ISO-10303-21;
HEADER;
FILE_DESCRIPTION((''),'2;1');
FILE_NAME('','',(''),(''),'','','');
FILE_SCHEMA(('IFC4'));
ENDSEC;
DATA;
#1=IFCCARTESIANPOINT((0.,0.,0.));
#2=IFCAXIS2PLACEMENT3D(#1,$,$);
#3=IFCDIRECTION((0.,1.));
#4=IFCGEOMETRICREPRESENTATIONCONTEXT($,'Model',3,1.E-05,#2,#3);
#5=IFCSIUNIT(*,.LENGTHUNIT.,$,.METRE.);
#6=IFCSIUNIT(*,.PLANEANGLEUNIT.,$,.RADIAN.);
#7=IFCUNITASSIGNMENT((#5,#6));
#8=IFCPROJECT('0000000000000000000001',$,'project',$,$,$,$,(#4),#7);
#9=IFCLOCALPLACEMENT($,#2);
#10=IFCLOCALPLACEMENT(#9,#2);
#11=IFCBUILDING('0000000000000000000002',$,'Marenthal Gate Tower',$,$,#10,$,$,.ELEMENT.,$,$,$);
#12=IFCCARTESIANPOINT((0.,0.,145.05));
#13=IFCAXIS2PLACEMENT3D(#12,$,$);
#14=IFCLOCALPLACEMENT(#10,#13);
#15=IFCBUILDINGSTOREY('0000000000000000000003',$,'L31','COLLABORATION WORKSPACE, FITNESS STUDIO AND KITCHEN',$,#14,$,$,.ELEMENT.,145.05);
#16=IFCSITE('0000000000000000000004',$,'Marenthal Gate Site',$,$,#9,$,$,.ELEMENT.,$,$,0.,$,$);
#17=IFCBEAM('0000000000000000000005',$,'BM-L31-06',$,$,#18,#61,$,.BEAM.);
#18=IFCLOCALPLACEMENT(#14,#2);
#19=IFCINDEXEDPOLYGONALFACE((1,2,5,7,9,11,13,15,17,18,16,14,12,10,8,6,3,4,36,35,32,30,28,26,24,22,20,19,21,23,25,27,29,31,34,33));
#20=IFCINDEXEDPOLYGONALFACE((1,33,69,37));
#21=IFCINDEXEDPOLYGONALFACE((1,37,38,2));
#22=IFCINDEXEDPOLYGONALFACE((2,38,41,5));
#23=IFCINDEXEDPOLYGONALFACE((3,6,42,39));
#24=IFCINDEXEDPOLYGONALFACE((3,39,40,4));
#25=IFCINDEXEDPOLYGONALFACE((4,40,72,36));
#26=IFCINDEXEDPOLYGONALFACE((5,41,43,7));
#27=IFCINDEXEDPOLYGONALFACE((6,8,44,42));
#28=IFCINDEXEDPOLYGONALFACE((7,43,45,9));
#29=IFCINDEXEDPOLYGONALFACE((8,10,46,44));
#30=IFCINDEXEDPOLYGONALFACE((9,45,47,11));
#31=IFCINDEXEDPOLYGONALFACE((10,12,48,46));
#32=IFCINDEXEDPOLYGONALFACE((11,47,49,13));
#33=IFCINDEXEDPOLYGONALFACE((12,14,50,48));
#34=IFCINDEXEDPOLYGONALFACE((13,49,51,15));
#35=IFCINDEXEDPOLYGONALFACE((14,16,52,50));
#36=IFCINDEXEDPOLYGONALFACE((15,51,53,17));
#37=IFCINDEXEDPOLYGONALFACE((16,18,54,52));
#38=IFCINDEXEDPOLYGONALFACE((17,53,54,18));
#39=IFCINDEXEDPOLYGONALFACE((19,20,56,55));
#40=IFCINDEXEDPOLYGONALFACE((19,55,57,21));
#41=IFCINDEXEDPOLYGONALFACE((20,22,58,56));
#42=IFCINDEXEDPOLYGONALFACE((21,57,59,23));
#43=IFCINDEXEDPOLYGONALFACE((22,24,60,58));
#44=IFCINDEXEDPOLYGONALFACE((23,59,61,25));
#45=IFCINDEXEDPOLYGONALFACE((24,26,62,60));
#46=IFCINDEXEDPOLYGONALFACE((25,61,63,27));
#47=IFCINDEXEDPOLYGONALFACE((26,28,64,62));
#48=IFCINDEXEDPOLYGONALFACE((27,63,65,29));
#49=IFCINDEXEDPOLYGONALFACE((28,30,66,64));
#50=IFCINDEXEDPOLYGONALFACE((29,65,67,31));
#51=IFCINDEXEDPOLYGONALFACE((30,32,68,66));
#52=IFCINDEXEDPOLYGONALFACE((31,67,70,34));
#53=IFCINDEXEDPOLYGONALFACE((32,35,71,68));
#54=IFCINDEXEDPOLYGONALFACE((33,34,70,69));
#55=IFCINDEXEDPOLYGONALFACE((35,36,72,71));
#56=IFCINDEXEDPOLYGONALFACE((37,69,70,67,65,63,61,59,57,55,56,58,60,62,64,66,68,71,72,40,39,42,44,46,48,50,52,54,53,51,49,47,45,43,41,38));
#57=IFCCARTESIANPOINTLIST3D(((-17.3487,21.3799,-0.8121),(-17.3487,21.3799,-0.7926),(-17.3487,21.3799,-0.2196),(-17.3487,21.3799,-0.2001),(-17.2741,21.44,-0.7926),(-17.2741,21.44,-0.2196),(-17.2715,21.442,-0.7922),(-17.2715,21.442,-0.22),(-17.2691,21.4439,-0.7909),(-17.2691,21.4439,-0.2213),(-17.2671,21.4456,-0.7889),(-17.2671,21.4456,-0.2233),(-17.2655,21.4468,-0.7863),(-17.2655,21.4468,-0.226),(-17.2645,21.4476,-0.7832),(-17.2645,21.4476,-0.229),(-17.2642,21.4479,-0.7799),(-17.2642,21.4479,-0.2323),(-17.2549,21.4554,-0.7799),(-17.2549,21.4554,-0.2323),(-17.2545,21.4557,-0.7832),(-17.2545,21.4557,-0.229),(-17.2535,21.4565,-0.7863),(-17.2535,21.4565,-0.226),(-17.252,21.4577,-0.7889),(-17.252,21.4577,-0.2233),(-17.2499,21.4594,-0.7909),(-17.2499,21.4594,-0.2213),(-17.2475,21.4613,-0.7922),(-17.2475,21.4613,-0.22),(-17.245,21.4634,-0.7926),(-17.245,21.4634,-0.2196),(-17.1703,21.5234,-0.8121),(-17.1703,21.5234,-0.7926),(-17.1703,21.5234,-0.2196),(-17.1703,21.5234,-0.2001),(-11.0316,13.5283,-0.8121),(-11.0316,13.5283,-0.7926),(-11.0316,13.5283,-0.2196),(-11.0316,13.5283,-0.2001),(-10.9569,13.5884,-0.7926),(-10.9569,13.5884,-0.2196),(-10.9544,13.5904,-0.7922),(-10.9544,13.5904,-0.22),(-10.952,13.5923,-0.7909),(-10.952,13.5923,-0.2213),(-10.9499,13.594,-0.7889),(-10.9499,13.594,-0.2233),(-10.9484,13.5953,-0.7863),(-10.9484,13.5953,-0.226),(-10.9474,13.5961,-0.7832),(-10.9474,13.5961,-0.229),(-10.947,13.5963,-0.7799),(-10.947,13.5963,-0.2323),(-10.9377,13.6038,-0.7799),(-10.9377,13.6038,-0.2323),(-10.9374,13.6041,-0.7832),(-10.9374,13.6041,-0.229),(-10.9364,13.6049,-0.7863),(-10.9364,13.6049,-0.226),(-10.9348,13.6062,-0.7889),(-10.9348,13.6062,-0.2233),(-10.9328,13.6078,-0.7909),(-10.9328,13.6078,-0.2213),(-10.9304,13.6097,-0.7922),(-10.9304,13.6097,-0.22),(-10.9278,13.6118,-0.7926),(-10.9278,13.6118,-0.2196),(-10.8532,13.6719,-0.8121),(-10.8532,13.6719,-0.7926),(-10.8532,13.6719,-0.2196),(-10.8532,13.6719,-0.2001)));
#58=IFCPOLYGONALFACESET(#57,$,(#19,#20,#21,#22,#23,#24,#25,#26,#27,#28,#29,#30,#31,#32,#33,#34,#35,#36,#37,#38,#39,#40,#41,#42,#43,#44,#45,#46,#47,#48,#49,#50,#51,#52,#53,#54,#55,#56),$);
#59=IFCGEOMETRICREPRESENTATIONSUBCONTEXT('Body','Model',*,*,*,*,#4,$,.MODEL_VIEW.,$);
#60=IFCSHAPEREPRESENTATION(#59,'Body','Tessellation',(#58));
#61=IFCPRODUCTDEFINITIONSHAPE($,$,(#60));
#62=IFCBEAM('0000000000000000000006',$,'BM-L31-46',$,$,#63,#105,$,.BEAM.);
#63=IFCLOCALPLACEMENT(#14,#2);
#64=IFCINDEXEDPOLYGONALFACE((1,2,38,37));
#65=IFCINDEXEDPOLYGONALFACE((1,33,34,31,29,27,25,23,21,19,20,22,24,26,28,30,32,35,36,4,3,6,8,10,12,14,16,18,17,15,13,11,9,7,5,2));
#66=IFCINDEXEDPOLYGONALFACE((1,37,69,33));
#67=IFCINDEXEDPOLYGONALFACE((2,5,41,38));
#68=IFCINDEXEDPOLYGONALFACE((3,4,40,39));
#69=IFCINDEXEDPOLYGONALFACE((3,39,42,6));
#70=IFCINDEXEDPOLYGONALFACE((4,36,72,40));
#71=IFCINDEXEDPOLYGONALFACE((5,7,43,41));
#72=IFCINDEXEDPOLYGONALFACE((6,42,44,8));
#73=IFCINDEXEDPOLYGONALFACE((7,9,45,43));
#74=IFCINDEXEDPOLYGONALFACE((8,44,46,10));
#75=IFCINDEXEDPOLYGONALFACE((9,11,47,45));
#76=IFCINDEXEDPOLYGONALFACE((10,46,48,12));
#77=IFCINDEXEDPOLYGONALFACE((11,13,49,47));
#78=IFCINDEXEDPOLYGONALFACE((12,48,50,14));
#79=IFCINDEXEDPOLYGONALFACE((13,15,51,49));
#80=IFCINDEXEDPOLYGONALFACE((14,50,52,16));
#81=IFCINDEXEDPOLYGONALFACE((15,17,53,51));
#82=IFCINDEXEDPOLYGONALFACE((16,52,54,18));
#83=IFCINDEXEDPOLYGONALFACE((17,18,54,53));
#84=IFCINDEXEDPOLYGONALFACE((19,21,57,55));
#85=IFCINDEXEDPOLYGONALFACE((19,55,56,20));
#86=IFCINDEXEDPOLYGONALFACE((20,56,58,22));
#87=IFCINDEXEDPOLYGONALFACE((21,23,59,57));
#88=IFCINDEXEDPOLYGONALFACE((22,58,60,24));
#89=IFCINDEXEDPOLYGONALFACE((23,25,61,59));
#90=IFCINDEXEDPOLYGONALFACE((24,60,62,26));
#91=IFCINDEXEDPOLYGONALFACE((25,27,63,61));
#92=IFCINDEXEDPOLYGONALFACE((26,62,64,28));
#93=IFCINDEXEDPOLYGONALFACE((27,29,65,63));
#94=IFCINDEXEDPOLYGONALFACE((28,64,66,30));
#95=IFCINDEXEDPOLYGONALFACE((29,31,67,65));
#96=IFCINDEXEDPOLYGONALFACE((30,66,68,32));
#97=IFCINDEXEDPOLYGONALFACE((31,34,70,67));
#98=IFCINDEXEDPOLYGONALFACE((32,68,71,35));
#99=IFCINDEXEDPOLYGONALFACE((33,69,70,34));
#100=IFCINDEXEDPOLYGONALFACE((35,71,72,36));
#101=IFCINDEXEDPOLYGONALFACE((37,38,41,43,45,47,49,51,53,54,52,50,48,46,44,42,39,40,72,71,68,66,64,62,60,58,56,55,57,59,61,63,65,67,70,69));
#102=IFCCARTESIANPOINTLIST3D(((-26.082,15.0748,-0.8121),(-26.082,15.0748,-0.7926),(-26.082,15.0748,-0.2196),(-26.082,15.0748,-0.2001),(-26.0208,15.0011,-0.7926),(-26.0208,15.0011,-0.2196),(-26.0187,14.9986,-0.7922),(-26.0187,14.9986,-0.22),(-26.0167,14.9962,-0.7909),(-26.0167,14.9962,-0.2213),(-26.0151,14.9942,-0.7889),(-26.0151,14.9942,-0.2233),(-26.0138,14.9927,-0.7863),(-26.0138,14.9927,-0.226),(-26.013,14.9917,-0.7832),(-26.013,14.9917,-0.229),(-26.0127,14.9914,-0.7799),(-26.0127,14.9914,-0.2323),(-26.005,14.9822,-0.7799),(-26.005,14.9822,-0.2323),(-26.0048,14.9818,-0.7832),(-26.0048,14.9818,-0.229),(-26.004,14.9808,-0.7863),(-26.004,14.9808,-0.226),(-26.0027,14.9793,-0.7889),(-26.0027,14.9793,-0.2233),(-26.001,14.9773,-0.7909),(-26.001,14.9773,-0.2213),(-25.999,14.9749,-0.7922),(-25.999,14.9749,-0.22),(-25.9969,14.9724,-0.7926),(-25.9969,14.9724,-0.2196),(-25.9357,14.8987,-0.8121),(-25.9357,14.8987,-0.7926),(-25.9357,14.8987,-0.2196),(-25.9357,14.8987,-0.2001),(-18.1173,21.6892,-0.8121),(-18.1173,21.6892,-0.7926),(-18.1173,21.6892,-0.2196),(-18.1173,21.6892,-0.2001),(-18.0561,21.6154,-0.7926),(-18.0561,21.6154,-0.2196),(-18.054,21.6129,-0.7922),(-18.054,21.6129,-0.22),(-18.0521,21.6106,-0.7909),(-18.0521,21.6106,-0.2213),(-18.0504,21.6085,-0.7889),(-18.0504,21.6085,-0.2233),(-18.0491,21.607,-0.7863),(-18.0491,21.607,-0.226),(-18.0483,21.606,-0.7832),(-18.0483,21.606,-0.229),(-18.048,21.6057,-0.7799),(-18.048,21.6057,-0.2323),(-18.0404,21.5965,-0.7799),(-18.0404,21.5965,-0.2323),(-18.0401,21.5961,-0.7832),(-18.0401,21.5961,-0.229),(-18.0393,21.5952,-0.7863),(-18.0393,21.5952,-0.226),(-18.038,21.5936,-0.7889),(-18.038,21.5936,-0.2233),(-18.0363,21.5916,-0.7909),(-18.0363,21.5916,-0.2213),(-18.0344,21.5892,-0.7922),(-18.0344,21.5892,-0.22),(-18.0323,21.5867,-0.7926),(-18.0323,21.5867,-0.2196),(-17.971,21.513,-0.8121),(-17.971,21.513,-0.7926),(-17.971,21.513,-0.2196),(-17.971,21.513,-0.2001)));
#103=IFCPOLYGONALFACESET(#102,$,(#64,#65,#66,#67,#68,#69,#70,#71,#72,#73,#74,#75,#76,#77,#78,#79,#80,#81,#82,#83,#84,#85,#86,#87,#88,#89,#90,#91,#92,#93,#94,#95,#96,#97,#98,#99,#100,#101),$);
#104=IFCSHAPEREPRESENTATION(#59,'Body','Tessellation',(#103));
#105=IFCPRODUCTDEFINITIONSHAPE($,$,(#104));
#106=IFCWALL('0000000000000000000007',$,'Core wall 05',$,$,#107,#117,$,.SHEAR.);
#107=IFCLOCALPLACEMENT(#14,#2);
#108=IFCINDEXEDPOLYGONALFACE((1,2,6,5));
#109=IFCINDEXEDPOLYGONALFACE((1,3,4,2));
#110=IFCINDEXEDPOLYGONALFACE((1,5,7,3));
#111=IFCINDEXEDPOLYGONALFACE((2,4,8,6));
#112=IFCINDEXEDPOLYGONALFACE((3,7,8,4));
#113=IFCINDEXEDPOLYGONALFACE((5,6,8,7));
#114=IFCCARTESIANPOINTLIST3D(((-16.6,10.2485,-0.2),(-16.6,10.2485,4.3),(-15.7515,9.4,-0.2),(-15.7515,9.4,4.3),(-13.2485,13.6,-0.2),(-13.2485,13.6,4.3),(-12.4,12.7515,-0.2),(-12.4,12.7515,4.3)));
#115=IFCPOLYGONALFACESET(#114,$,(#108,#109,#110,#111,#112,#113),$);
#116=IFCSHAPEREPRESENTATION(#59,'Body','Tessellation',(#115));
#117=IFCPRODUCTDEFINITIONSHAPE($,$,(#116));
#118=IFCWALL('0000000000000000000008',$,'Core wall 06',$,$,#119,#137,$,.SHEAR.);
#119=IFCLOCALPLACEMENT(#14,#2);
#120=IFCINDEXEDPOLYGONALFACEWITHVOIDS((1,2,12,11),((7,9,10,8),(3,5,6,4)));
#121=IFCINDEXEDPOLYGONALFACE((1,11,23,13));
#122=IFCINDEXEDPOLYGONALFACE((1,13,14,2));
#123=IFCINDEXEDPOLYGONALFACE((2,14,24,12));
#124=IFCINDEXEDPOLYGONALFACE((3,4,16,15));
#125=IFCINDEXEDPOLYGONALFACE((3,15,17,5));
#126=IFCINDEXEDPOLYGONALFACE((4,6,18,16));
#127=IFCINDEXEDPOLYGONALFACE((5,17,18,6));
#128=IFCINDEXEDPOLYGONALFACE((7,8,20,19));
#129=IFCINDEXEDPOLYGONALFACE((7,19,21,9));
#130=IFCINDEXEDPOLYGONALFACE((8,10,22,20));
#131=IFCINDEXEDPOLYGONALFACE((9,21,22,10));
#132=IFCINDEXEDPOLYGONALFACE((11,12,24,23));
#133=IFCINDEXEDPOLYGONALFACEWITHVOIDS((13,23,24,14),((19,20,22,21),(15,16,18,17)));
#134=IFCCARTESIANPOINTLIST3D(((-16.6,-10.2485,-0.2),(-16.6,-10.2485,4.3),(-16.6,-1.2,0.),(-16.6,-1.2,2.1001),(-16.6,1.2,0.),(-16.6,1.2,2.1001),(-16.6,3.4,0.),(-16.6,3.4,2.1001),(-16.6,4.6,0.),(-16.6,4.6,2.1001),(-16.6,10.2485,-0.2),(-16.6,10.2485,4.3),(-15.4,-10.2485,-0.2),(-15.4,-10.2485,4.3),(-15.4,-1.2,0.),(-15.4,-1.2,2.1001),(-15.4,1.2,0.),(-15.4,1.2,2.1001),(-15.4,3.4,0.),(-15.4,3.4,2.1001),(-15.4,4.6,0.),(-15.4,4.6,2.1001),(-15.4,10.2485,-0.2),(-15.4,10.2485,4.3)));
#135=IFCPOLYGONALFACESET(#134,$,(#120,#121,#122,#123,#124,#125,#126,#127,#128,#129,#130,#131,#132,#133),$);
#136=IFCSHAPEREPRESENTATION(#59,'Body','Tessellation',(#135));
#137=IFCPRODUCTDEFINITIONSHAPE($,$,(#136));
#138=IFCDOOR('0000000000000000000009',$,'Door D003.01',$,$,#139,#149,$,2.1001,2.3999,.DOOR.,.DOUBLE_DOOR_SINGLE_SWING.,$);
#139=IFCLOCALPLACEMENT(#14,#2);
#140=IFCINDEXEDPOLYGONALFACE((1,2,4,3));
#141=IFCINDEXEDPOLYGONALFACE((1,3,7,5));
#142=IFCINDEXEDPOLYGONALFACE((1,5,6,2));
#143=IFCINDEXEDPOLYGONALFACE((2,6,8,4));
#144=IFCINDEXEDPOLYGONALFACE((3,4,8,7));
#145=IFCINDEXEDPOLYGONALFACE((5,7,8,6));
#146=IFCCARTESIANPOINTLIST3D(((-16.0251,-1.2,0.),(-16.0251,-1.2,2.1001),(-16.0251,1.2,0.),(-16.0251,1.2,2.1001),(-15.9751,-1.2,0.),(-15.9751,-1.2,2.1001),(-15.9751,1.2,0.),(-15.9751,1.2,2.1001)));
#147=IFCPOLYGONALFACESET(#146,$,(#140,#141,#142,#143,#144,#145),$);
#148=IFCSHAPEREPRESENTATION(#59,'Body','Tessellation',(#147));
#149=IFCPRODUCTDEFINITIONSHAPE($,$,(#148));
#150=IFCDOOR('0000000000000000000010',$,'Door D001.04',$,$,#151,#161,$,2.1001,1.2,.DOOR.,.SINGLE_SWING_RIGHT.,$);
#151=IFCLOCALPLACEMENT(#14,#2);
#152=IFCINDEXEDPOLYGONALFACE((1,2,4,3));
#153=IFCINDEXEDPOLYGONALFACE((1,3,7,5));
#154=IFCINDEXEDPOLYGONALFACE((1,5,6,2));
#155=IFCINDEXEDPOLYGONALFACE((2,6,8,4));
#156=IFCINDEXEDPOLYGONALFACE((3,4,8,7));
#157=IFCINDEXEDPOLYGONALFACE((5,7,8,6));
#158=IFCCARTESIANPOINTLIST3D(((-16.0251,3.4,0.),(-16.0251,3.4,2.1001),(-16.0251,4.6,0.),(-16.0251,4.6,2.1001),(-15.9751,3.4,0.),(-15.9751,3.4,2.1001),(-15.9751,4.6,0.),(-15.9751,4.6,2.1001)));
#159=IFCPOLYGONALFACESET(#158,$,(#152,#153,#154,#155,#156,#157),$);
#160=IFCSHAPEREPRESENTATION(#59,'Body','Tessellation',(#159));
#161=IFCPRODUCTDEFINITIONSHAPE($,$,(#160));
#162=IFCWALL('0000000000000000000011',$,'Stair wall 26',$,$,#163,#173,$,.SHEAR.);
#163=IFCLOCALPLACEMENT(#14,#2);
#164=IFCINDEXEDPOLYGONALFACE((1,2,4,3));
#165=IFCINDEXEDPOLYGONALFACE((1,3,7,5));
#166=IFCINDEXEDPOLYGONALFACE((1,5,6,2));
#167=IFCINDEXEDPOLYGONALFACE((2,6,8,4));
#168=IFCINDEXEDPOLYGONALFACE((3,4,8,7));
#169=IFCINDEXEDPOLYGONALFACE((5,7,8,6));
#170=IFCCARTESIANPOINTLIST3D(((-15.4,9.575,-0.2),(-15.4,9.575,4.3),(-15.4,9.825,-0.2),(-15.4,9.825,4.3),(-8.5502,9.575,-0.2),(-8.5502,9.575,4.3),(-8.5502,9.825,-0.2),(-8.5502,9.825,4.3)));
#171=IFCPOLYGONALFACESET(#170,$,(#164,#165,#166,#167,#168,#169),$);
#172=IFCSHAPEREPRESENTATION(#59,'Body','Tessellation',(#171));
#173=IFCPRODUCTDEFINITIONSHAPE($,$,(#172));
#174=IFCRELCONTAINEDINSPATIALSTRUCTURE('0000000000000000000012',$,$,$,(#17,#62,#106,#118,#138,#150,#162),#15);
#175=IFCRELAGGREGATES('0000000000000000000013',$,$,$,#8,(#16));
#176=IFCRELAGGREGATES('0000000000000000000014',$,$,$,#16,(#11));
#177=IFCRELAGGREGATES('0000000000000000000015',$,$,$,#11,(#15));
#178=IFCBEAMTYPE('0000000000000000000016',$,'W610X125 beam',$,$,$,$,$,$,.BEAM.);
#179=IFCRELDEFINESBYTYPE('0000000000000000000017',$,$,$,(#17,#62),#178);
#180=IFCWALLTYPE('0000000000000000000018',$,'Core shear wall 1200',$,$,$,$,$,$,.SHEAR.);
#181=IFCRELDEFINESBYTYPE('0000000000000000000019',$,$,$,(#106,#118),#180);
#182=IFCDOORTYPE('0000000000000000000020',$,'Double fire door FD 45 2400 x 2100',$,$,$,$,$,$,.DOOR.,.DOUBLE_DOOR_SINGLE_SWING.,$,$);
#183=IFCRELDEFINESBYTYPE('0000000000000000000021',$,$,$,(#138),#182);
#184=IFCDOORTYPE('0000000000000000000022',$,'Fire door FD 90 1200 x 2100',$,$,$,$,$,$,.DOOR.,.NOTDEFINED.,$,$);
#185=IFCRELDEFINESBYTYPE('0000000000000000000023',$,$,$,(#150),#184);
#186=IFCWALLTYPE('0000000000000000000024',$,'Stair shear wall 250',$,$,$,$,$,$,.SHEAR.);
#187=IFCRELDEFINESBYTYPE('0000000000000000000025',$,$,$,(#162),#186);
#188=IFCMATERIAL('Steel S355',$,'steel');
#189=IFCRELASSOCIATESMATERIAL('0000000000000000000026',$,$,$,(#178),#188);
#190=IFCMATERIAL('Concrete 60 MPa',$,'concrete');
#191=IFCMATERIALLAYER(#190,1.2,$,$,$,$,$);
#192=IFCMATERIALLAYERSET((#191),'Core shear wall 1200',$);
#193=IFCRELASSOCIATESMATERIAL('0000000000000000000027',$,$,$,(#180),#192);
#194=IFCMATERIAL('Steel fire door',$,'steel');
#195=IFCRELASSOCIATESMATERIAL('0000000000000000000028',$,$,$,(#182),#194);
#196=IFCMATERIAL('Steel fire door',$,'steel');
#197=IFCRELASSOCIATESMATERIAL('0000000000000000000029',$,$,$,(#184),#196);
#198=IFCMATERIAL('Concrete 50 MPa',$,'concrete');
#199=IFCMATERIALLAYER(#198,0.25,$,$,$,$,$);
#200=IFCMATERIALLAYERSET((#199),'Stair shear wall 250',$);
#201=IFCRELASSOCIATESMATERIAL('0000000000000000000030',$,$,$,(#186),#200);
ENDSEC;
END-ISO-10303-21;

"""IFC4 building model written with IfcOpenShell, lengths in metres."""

from ifc_helpers import new_model, si_unit, direction, frame, frame_2d, origin, origin_2d, place, context, subcontext, project, spatial, rectangle, i_section, extrude, material, layer, layer_set, material_profile, profile_set, type_object, element, fill, save


model = new_model("IFC4")

# Units and contexts
model_context = context("Model", 3, precision=1e-05, world=origin(), true_north=direction((0.0, 1.0)))
body_context = subcontext(model_context, "Body", "Model", "MODEL_VIEW")
ifc_project = project(units=[si_unit("LENGTHUNIT", "METRE"), si_unit("PLANEANGLEUNIT", "RADIAN")], contexts=[model_context])

# Site, building, storey
site_placement = place(None, origin())
site = spatial("IfcSite", under=ifc_project, at=site_placement, Name="Marenthal Gate Site", CompositionType="ELEMENT", RefElevation=0.0)
building_placement = place(site_placement, origin())
building = spatial("IfcBuilding", under=site, at=building_placement, Name="Marenthal Gate Tower", CompositionType="ELEMENT")
storey_placement = place(building_placement, frame((0.0, 0.0, 145.05)))
storey = spatial("IfcBuildingStorey", under=building, at=storey_placement, Name="L31", Description="COLLABORATION WORKSPACE, FITNESS STUDIO AND KITCHEN", CompositionType="ELEMENT", Elevation=145.05)

# Beams
ifc_material_1 = material(Name="Steel S355", Category="steel")
ifc_material_profile_1 = material_profile(ifc_material_1, i_section(OverallWidth=0.229, OverallDepth=0.6121, WebThickness=0.012, FlangeThickness=0.0195, FilletRadius=0.0127, at=origin_2d()), Name="W610X125")
ifc_profile_set_1 = profile_set([ifc_material_profile_1], Name="Steel S355")
beam_type_1 = type_object("IfcBeamType", Name="W610X125 beam", PredefinedType="BEAM", material=ifc_profile_set_1)
beam_1_placement = place(storey_placement, frame((-17.2595, 21.4517, -0.5061), z_axis=(0.626864, -0.779129, 0.0), x_axis=(0.779129, 0.626864, 0.0)))
element("IfcBeam", 1, at=beam_1_placement, inside=storey, type_object=beam_type_1, Name="BM-L31-06", PredefinedType="BEAM", context=body_context, shape_type="SweptSolid", body=[
    extrude(i_section(OverallWidth=0.229, OverallDepth=0.6121, WebThickness=0.012, FlangeThickness=0.0195, FilletRadius=0.0127, at=origin_2d()), origin(), (0.0, 0.0, 1.0), 10.0774),
])
beam_2_placement = place(storey_placement, frame((-18.0442, 21.6011, -0.5061), z_axis=(-0.769308, -0.638878, 0.0), x_axis=(0.638878, -0.769308, 0.0)))
element("IfcBeam", 2, at=beam_2_placement, inside=storey, type_object=beam_type_1, Name="BM-L31-46", PredefinedType="BEAM", context=body_context, shape_type="SweptSolid", body=[
    extrude(i_section(OverallWidth=0.229, OverallDepth=0.6121, WebThickness=0.012, FlangeThickness=0.0195, FilletRadius=0.0127, at=origin_2d()), origin(), (0.0, 0.0, 1.0), 10.353),
])

# Wall
ifc_material_2 = material(Name="Concrete 60 MPa", Category="concrete")
ifc_layer_1 = layer(ifc_material_2, 1.2)
ifc_layer_set_1 = layer_set([ifc_layer_1], Name="Core shear wall 1200")
wall_type_1 = type_object("IfcWallType", Name="Core shear wall 1200", PredefinedType="SHEAR", material=ifc_layer_set_1)
wall_1_placement = place(storey_placement, frame((-12.8242, 13.1758, -0.2), z_axis=(0.0, 0.0, 1.0), x_axis=(-0.707107, -0.707107, 0.0)))
element("IfcWall", 3, at=wall_1_placement, inside=storey, type_object=wall_type_1, Name="Core wall 05", PredefinedType="SHEAR", context=body_context, shape_type="SweptSolid", body=[
    extrude(rectangle(XDim=4.7397, YDim=1.2, at=frame_2d((2.3699, 0.0))), origin(), (0.0, 0.0, 1.0), 4.5),
])

# Wall, openings, doors
wall_2_placement = place(storey_placement, frame((-16.0, 10.2485, -0.2), z_axis=(0.0, 0.0, 1.0), x_axis=(0.0, -1.0, 0.0)))
wall_2 = element("IfcWall", 4, at=wall_2_placement, inside=storey, type_object=wall_type_1, Name="Core wall 06", PredefinedType="SHEAR", context=body_context, shape_type="SweptSolid", body=[
    extrude(rectangle(XDim=20.4971, YDim=1.2, at=frame_2d((10.2485, 0.0))), origin(), (0.0, 0.0, 1.0), 4.5),
])
opening_1_placement = place(wall_2_placement, frame((9.0486, 0.0, 0.2)))
opening_1 = element("IfcOpeningElement", 5, at=opening_1_placement, cuts=wall_2, PredefinedType="OPENING", context=body_context, shape_type="SweptSolid", body=[
    extrude(rectangle(XDim=2.3999, YDim=2.1001, at=frame_2d((1.2, 1.05))), frame((0.0, 0.6099, 0.0), z_axis=(0.0, -1.0, 0.0), x_axis=(1.0, 0.0, 0.0)), (0.0, 0.0, 1.0), 1.22),
])
opening_2_placement = place(wall_2_placement, frame((5.6484, 0.0, 0.2)))
opening_2 = element("IfcOpeningElement", 6, at=opening_2_placement, cuts=wall_2, PredefinedType="OPENING", context=body_context, shape_type="SweptSolid", body=[
    extrude(rectangle(XDim=1.2, YDim=2.1001, at=frame_2d((0.6001, 1.05))), frame((0.0, 0.6099, 0.0), z_axis=(0.0, -1.0, 0.0), x_axis=(1.0, 0.0, 0.0)), (0.0, 0.0, 1.0), 1.22),
])
ifc_material_3 = material(Name="Steel fire door", Category="steel")
door_type_1 = type_object("IfcDoorType", Name="Double fire door FD 45 2400 x 2100", OperationType="DOUBLE_DOOR_SINGLE_SWING", PredefinedType="DOOR", material=ifc_material_3)
door_1_placement = place(opening_1_placement, origin())
door_1 = element("IfcDoor", 7, at=door_1_placement, inside=storey, type_object=door_type_1, Name="Door D003.01", OperationType="DOUBLE_DOOR_SINGLE_SWING", OverallHeight=2.1001, OverallWidth=2.3999, PredefinedType="DOOR", context=body_context, shape_type="SweptSolid", body=[
    extrude(rectangle(XDim=2.3999, YDim=2.1001, at=frame_2d((1.2, 1.05))), frame((0.0, 0.0249, 0.0), z_axis=(0.0, -1.0, 0.0), x_axis=(1.0, 0.0, 0.0)), (0.0, 0.0, 1.0), 0.05),
])
fill(opening_1, door_1)
ifc_material_4 = material(Name="Steel fire door", Category="steel")
door_type_2 = type_object("IfcDoorType", Name="Fire door FD 90 1200 x 2100", OperationType="NOTDEFINED", PredefinedType="DOOR", material=ifc_material_4)
door_2_placement = place(opening_2_placement, origin())
door_2 = element("IfcDoor", 8, at=door_2_placement, inside=storey, type_object=door_type_2, Name="Door D001.04", OperationType="SINGLE_SWING_RIGHT", OverallHeight=2.1001, OverallWidth=1.2, PredefinedType="DOOR", context=body_context, shape_type="SweptSolid", body=[
    extrude(rectangle(XDim=1.2, YDim=2.1001, at=frame_2d((0.6001, 1.05))), frame((0.0, 0.0249, 0.0), z_axis=(0.0, -1.0, 0.0), x_axis=(1.0, 0.0, 0.0)), (0.0, 0.0, 1.0), 0.05),
])
fill(opening_2, door_2)

# Wall
ifc_material_5 = material(Name="Concrete 50 MPa", Category="concrete")
ifc_layer_2 = layer(ifc_material_5, 0.25)
ifc_layer_set_2 = layer_set([ifc_layer_2], Name="Stair shear wall 250")
wall_type_2 = type_object("IfcWallType", Name="Stair shear wall 250", PredefinedType="SHEAR", material=ifc_layer_set_2)
wall_3_placement = place(storey_placement, frame((-15.3999, 9.7, -0.2), z_axis=(0.0, 0.0, 1.0), x_axis=(1.0, 0.0, 0.0)))
element("IfcWall", 9, at=wall_3_placement, inside=storey, type_object=wall_type_2, Name="Stair wall 26", PredefinedType="SHEAR", context=body_context, shape_type="SweptSolid", body=[
    extrude(rectangle(XDim=6.8499, YDim=0.25, at=frame_2d((3.4248, 0.0))), origin(), (0.0, 0.0, 1.0), 4.5),
])

save(model, "model.ifc")
